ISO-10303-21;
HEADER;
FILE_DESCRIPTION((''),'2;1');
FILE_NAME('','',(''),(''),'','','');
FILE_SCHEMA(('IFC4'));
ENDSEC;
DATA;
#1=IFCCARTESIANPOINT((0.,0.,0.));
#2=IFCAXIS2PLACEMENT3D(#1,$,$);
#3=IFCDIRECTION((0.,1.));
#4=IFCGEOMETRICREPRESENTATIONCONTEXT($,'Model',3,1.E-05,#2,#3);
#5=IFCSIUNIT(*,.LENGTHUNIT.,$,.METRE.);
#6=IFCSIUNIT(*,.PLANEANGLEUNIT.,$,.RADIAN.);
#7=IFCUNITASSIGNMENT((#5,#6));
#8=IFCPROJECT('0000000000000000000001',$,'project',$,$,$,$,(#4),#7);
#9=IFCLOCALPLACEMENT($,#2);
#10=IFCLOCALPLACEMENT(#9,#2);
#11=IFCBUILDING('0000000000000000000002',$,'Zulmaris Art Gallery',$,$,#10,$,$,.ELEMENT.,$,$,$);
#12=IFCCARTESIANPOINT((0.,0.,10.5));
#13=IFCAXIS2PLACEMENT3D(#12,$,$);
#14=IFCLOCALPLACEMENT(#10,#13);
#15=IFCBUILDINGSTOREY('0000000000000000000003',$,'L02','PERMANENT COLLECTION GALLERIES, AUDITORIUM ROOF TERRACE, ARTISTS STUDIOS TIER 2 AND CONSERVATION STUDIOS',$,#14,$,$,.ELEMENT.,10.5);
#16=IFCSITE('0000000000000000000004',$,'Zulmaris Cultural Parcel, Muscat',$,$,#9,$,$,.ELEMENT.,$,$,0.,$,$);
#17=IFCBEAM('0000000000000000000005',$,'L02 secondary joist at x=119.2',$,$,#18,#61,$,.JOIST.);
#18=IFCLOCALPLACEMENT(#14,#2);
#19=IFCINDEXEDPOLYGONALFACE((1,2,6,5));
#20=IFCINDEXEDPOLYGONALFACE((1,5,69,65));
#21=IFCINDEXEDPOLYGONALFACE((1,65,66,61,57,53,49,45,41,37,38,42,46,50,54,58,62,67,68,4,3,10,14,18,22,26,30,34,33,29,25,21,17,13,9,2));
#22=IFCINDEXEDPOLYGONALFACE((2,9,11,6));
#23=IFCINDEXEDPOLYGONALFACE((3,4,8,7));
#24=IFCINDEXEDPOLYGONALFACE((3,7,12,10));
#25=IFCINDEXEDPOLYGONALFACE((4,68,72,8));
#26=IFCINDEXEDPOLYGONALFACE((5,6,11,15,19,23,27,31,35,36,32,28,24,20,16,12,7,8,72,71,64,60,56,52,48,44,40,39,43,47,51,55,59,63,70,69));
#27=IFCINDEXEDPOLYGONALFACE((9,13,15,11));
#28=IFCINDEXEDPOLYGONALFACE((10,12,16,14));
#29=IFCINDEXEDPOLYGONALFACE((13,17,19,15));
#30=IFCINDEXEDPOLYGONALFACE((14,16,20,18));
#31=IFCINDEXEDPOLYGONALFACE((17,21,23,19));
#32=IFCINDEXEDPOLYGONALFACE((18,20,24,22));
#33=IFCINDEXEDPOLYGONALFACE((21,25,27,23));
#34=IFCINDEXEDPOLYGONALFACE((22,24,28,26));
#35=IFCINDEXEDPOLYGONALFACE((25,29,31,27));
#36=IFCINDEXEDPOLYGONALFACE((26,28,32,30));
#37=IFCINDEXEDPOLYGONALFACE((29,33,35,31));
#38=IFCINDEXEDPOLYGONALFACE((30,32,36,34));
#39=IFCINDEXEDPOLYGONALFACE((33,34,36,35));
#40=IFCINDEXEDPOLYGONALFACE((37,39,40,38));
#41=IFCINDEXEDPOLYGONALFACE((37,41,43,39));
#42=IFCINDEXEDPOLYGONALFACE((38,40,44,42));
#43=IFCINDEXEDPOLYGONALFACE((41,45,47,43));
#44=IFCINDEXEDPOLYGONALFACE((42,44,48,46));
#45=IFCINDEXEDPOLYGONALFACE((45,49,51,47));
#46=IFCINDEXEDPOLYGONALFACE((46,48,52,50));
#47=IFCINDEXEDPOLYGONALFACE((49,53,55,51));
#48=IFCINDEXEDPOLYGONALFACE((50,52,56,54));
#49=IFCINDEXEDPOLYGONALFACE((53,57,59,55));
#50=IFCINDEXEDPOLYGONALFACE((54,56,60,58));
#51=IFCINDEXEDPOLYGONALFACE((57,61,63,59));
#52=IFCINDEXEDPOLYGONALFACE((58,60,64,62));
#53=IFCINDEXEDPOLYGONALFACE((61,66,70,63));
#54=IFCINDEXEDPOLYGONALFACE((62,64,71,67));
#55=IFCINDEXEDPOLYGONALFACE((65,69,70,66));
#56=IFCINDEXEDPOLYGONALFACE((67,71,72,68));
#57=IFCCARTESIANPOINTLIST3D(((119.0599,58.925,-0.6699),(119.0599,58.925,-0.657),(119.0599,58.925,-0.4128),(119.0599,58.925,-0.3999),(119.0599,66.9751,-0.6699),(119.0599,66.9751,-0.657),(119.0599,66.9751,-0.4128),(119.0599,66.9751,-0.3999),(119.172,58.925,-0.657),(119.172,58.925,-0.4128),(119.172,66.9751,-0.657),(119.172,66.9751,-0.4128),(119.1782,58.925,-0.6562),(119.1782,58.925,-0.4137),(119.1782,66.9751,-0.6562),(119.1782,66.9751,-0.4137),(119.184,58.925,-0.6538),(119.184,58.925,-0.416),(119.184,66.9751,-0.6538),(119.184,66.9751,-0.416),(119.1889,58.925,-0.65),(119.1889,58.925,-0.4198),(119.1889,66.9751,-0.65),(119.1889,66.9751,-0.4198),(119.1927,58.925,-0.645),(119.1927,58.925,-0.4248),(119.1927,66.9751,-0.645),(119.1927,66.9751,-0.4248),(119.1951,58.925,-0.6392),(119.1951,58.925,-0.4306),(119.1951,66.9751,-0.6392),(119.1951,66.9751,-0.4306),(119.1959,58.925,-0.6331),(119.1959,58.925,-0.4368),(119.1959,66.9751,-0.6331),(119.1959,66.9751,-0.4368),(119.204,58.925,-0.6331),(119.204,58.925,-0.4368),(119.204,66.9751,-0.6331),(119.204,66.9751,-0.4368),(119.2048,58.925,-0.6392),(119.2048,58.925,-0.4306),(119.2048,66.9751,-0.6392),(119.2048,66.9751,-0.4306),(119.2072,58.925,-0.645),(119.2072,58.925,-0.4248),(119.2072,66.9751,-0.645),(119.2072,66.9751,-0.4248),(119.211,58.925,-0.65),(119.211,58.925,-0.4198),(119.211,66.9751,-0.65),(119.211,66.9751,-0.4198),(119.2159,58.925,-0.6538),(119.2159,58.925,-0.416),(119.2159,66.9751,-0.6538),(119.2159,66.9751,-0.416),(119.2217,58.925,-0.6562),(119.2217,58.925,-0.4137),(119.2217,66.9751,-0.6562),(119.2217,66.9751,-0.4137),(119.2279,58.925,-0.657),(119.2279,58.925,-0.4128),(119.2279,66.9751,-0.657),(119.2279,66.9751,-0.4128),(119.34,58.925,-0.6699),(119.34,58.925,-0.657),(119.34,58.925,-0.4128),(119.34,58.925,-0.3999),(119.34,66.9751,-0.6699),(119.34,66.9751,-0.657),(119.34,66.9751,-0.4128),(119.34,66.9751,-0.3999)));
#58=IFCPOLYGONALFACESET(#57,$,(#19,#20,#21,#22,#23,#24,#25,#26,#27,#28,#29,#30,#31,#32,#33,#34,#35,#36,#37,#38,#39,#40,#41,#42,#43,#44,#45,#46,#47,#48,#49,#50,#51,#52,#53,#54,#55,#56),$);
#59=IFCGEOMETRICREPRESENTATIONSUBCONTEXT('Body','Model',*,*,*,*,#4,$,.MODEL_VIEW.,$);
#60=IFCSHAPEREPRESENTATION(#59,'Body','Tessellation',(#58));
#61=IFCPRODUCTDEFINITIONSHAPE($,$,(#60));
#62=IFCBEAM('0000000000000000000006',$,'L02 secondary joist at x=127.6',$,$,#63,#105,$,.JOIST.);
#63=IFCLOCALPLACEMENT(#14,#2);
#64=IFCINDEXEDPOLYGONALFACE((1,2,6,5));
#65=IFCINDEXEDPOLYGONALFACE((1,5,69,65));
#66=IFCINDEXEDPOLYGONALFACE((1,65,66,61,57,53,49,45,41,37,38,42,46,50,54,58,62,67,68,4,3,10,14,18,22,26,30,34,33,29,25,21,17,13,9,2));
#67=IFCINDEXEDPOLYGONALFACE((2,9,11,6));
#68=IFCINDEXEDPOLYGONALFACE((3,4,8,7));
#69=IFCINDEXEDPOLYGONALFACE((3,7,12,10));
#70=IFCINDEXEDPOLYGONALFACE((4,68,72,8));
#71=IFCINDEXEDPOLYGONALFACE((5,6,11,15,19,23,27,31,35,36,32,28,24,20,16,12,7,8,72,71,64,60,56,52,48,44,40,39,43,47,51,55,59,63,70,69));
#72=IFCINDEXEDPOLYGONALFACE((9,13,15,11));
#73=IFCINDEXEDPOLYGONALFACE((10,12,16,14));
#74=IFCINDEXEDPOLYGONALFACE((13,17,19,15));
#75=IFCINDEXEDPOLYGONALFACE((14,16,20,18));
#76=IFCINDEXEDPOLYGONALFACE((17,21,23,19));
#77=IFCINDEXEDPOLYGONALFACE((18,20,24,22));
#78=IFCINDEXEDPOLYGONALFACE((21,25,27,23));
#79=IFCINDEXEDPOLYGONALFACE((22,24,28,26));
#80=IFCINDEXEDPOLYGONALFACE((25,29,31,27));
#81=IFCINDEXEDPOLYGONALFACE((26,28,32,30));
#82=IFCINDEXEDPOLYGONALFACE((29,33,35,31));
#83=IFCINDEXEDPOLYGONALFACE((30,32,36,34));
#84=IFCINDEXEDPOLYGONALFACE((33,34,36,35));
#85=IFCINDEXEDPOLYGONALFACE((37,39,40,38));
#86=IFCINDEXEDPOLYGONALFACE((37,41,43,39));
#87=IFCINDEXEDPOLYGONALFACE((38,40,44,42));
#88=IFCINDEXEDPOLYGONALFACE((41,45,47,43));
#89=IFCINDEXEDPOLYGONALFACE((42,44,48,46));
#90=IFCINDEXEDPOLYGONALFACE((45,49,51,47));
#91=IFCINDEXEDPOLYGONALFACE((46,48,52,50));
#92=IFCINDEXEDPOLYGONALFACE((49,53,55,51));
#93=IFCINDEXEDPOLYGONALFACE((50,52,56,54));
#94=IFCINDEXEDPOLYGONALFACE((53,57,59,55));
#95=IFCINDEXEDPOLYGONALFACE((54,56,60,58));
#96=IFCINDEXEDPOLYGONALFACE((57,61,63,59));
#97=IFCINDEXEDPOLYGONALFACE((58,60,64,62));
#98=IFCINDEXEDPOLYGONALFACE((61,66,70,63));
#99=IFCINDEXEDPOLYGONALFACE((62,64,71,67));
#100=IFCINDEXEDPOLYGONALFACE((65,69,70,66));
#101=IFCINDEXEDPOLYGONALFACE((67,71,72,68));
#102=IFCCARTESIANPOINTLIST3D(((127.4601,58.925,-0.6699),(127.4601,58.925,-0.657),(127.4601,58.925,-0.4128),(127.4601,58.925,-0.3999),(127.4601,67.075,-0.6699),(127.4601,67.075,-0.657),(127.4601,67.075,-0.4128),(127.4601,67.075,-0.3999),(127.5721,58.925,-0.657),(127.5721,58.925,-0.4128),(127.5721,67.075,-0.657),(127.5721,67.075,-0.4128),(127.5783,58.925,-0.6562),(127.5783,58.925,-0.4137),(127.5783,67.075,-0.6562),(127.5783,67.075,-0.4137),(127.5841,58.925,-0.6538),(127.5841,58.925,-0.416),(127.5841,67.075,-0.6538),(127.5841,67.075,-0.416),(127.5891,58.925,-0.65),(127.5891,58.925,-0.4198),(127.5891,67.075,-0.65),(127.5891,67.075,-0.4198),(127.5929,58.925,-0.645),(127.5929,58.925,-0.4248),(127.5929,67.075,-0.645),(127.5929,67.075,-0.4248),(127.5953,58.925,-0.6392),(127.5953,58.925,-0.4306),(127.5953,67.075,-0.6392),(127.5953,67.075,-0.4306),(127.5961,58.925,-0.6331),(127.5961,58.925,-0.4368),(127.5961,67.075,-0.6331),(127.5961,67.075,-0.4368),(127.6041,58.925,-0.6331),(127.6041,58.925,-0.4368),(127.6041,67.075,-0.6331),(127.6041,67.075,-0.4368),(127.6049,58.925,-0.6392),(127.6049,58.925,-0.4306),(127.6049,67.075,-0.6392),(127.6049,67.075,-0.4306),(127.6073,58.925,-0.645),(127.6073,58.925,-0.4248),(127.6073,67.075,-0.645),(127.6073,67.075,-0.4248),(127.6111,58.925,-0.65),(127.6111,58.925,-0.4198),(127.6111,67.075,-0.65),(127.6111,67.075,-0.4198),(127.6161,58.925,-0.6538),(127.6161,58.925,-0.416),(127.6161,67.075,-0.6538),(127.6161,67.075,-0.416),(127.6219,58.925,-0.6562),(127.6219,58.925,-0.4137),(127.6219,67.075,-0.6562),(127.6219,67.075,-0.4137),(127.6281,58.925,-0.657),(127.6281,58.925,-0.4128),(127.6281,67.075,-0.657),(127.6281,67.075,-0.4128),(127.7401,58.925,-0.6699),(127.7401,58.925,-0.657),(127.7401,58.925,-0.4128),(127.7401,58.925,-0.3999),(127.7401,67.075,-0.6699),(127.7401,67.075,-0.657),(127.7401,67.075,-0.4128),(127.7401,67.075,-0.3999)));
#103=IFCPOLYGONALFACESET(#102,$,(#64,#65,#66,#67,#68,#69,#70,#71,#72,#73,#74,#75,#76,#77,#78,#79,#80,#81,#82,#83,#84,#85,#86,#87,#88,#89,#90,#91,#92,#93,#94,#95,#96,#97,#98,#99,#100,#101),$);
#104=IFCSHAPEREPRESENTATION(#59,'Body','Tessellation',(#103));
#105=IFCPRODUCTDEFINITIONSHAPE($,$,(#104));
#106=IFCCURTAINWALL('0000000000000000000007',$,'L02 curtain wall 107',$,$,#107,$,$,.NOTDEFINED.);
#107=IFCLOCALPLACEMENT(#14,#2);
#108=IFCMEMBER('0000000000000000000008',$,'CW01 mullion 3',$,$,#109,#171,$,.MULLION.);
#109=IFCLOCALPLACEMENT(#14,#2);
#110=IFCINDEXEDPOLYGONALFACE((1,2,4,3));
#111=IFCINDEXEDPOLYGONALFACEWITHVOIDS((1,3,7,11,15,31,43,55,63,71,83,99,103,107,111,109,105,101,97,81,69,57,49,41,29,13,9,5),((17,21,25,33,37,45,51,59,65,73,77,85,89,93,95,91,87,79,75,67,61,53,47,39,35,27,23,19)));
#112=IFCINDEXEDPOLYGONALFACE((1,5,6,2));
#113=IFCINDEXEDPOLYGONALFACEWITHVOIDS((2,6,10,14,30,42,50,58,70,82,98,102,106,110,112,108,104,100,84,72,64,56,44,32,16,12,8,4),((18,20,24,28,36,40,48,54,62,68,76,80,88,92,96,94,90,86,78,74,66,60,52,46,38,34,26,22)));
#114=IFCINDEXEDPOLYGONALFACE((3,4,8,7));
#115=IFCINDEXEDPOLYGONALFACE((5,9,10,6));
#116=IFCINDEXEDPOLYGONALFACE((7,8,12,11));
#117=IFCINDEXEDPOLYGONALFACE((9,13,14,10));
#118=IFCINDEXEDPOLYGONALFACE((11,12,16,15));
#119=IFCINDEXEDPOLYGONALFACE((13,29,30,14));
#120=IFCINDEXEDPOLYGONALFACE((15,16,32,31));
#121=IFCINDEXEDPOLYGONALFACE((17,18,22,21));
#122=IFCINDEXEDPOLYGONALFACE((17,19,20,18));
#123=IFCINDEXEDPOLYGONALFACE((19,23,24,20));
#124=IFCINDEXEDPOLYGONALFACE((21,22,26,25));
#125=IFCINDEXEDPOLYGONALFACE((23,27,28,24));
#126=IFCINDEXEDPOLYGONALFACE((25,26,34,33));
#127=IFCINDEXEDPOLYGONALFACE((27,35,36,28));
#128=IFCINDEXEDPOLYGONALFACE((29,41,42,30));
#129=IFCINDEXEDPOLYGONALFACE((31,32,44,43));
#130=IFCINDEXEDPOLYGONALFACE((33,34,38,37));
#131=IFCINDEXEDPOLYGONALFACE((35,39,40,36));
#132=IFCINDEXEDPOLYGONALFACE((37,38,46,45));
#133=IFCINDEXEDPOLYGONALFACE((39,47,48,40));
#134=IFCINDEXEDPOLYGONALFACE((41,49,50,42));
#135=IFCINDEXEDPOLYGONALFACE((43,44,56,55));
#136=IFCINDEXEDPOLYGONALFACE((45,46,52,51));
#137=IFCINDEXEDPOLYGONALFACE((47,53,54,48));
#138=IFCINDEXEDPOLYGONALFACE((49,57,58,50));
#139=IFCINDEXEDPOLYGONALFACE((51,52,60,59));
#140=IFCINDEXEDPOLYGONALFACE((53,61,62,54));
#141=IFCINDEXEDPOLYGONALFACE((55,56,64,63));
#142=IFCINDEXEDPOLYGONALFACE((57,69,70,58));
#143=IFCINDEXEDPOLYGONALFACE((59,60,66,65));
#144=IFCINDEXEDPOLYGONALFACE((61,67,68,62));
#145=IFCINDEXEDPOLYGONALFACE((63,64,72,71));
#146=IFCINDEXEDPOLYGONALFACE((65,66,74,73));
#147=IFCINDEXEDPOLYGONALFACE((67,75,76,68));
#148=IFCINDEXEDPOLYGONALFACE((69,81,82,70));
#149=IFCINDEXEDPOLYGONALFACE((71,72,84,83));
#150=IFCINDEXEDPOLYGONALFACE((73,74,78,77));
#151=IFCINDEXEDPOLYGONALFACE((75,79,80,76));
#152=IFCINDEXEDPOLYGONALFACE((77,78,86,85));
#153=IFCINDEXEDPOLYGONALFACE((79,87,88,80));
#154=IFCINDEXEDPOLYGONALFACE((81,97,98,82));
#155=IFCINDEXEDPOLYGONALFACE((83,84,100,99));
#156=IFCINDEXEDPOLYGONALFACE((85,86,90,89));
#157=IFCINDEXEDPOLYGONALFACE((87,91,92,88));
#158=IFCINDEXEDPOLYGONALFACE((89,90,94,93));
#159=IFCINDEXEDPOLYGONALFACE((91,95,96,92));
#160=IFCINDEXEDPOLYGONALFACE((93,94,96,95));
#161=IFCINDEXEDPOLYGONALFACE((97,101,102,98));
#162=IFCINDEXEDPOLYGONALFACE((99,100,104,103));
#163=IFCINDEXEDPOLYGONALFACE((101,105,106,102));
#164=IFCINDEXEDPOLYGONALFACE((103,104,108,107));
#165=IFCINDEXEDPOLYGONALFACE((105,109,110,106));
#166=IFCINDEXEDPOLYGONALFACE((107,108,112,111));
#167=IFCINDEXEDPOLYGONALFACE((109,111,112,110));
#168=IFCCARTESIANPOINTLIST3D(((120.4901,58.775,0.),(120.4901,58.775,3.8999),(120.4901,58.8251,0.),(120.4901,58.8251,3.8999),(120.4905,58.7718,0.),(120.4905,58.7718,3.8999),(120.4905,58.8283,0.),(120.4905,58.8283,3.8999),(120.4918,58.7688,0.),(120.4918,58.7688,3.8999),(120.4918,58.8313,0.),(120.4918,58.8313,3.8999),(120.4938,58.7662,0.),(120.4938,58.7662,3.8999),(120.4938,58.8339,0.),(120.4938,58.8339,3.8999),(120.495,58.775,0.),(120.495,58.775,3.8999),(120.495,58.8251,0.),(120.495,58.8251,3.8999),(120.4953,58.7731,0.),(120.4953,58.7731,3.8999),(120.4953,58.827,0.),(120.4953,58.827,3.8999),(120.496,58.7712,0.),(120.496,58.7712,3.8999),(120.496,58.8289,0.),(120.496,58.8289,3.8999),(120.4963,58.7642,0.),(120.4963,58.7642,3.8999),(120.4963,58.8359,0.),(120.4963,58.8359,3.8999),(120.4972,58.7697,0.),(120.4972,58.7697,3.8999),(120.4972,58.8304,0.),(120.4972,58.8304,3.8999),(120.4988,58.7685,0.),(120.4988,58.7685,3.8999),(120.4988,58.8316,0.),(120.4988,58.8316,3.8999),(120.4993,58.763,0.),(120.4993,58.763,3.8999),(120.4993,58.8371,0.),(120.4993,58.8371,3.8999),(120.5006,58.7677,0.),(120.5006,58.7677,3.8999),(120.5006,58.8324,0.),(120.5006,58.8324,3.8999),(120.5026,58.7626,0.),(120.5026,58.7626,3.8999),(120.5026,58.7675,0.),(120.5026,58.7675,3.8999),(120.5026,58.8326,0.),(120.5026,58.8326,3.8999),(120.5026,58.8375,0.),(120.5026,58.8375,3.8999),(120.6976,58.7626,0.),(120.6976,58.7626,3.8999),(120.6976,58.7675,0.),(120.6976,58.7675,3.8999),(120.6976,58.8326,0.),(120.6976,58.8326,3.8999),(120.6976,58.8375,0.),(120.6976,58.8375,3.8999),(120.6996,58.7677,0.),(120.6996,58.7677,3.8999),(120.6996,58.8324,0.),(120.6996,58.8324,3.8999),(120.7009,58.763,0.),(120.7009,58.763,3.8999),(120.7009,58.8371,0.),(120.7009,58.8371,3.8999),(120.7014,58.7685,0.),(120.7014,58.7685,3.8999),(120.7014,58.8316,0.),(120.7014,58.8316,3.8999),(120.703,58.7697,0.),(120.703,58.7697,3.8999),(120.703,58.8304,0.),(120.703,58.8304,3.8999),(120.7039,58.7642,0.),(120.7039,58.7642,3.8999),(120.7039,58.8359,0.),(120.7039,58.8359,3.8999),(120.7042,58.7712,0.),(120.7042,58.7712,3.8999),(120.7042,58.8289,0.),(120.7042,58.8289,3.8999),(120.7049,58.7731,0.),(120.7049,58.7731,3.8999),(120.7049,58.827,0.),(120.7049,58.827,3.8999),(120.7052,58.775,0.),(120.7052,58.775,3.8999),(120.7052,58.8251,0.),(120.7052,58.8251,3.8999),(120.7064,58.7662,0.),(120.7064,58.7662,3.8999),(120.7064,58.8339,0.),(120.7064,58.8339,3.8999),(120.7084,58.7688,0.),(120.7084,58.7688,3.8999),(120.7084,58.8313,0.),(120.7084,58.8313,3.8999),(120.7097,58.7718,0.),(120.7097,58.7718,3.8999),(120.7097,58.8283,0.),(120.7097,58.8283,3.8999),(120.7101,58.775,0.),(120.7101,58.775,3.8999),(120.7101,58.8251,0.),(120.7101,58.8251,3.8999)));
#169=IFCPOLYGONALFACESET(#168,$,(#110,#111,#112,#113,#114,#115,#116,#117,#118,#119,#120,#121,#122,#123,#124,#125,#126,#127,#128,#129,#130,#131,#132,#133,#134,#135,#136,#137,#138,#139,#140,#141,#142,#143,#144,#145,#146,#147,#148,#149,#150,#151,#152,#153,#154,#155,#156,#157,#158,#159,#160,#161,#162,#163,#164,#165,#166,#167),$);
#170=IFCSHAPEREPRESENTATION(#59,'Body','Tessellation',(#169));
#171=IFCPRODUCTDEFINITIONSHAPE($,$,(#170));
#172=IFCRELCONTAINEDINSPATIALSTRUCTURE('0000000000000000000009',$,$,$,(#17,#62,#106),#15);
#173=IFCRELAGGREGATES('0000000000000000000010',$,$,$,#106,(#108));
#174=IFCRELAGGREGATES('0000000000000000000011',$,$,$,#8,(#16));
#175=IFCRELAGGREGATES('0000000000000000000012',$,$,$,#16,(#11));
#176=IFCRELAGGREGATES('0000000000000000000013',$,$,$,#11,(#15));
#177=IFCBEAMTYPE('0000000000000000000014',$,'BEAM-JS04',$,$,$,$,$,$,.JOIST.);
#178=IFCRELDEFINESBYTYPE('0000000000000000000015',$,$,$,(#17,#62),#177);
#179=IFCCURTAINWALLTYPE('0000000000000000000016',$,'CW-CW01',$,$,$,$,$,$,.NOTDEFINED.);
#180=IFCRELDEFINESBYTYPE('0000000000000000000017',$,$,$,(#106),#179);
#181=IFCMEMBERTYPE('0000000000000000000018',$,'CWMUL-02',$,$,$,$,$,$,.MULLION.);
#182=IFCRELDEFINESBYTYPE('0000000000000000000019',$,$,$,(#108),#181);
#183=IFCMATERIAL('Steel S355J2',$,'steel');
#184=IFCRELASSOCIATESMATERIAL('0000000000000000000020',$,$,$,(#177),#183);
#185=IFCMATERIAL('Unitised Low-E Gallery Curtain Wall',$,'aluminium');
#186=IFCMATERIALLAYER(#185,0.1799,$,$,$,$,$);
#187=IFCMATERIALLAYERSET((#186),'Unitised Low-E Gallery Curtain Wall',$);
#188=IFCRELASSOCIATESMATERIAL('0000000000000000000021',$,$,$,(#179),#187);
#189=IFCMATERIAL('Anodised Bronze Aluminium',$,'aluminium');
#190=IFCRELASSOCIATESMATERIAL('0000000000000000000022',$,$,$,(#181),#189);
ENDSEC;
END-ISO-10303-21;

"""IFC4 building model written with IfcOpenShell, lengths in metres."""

from ifc_helpers import new_model, si_unit, direction, frame, origin, origin_2d, place, context, subcontext, project, spatial, hollow_rectangle, i_section, extrude, material, layer, layer_set, material_profile, profile_set, type_object, element, aggregate, save


model = new_model("IFC4")

# Units and contexts
model_context = context("Model", 3, precision=1e-05, world=origin(), true_north=direction((0.0, 1.0)))
body_context = subcontext(model_context, "Body", "Model", "MODEL_VIEW")
ifc_project = project(units=[si_unit("LENGTHUNIT", "METRE"), si_unit("PLANEANGLEUNIT", "RADIAN")], contexts=[model_context])

# Site, building, storey
site_placement = place(None, origin())
site = spatial("IfcSite", under=ifc_project, at=site_placement, Name="Zulmaris Cultural Parcel, Muscat", CompositionType="ELEMENT", RefElevation=0.0)
building_placement = place(site_placement, origin())
building = spatial("IfcBuilding", under=site, at=building_placement, Name="Zulmaris Art Gallery", CompositionType="ELEMENT")
storey_placement = place(building_placement, frame((0.0, 0.0, 10.5)))
storey = spatial("IfcBuildingStorey", under=building, at=storey_placement, Name="L02", Description="PERMANENT COLLECTION GALLERIES, AUDITORIUM ROOF TERRACE, ARTISTS STUDIOS TIER 2 AND CONSERVATION STUDIOS", CompositionType="ELEMENT", Elevation=10.5)

# Beams
ifc_material_1 = material(Name="Steel S355J2", Category="steel")
ifc_material_profile_1 = material_profile(ifc_material_1, i_section(OverallWidth=0.28, OverallDepth=0.27, WebThickness=0.0081, FlangeThickness=0.0129, FilletRadius=0.0239, at=origin_2d()), Name="HEA 280")
ifc_profile_set_1 = profile_set([ifc_material_profile_1], Name="Steel S355J2")
beam_type_1 = type_object("IfcBeamType", Name="BEAM-JS04", PredefinedType="JOIST", material=ifc_profile_set_1)
beam_1_placement = place(storey_placement, frame((119.2, 58.925, -0.5349), z_axis=(0.0, 1.0, 0.0), x_axis=(-1.0, 0.0, 0.0)))
element("IfcBeam", 1, at=beam_1_placement, inside=storey, type_object=beam_type_1, Name="L02 secondary joist at x=119.2", PredefinedType="JOIST", context=body_context, shape_type="SweptSolid", body=[
    extrude(i_section(OverallWidth=0.28, OverallDepth=0.27, WebThickness=0.0081, FlangeThickness=0.0129, FilletRadius=0.0239, at=origin_2d()), origin(), (0.0, 0.0, 1.0), 8.05),
])
beam_2_placement = place(storey_placement, frame((127.6001, 58.925, -0.5349), z_axis=(0.0, 1.0, 0.0), x_axis=(-1.0, 0.0, 0.0)))
element("IfcBeam", 2, at=beam_2_placement, inside=storey, type_object=beam_type_1, Name="L02 secondary joist at x=127.6", PredefinedType="JOIST", context=body_context, shape_type="SweptSolid", body=[
    extrude(i_section(OverallWidth=0.28, OverallDepth=0.27, WebThickness=0.0081, FlangeThickness=0.0129, FilletRadius=0.0239, at=origin_2d()), origin(), (0.0, 0.0, 1.0), 8.1499),
])

# Curtain wall, member
ifc_material_2 = material(Name="Unitised Low-E Gallery Curtain Wall", Category="aluminium")
ifc_layer_1 = layer(ifc_material_2, 0.1799)
ifc_layer_set_1 = layer_set([ifc_layer_1], Name="Unitised Low-E Gallery Curtain Wall")
curtain_wall_type = type_object("IfcCurtainWallType", Name="CW-CW01", PredefinedType="NOTDEFINED", material=ifc_layer_set_1)
curtain_wall_1_placement = place(storey_placement, origin())
curtain_wall_1 = element("IfcCurtainWall", 3, at=curtain_wall_1_placement, inside=storey, type_object=curtain_wall_type, Name="L02 curtain wall 107", PredefinedType="NOTDEFINED")
ifc_material_3 = material(Name="Anodised Bronze Aluminium", Category="aluminium")
ifc_material_profile_2 = material_profile(ifc_material_3, hollow_rectangle(XDim=0.075, YDim=0.22, WallThickness=0.0049, InnerFilletRadius=0.0076, OuterFilletRadius=0.0125, at=origin_2d()), Name="ALU 75x220x5")
ifc_profile_set_2 = profile_set([ifc_material_profile_2], Name="Anodised Bronze Aluminium")
member_type_1 = type_object("IfcMemberType", Name="CWMUL-02", PredefinedType="MULLION", material=ifc_profile_set_2)
member_1_placement = place(storey_placement, frame((120.6001, 58.8, 0.0), z_axis=(0.0, 0.0, 1.0), x_axis=(0.0, 1.0, 0.0)))
member_1 = element("IfcMember", 4, at=member_1_placement, type_object=member_type_1, Name="CW01 mullion 3", PredefinedType="MULLION", context=body_context, shape_type="SweptSolid", body=[
    extrude(hollow_rectangle(XDim=0.075, YDim=0.22, WallThickness=0.0049, InnerFilletRadius=0.0076, OuterFilletRadius=0.0125, at=origin_2d()), origin(), (0.0, 0.0, 1.0), 3.8999),
])

aggregate(curtain_wall_1, [member_1])

save(model, "model.ifc")
